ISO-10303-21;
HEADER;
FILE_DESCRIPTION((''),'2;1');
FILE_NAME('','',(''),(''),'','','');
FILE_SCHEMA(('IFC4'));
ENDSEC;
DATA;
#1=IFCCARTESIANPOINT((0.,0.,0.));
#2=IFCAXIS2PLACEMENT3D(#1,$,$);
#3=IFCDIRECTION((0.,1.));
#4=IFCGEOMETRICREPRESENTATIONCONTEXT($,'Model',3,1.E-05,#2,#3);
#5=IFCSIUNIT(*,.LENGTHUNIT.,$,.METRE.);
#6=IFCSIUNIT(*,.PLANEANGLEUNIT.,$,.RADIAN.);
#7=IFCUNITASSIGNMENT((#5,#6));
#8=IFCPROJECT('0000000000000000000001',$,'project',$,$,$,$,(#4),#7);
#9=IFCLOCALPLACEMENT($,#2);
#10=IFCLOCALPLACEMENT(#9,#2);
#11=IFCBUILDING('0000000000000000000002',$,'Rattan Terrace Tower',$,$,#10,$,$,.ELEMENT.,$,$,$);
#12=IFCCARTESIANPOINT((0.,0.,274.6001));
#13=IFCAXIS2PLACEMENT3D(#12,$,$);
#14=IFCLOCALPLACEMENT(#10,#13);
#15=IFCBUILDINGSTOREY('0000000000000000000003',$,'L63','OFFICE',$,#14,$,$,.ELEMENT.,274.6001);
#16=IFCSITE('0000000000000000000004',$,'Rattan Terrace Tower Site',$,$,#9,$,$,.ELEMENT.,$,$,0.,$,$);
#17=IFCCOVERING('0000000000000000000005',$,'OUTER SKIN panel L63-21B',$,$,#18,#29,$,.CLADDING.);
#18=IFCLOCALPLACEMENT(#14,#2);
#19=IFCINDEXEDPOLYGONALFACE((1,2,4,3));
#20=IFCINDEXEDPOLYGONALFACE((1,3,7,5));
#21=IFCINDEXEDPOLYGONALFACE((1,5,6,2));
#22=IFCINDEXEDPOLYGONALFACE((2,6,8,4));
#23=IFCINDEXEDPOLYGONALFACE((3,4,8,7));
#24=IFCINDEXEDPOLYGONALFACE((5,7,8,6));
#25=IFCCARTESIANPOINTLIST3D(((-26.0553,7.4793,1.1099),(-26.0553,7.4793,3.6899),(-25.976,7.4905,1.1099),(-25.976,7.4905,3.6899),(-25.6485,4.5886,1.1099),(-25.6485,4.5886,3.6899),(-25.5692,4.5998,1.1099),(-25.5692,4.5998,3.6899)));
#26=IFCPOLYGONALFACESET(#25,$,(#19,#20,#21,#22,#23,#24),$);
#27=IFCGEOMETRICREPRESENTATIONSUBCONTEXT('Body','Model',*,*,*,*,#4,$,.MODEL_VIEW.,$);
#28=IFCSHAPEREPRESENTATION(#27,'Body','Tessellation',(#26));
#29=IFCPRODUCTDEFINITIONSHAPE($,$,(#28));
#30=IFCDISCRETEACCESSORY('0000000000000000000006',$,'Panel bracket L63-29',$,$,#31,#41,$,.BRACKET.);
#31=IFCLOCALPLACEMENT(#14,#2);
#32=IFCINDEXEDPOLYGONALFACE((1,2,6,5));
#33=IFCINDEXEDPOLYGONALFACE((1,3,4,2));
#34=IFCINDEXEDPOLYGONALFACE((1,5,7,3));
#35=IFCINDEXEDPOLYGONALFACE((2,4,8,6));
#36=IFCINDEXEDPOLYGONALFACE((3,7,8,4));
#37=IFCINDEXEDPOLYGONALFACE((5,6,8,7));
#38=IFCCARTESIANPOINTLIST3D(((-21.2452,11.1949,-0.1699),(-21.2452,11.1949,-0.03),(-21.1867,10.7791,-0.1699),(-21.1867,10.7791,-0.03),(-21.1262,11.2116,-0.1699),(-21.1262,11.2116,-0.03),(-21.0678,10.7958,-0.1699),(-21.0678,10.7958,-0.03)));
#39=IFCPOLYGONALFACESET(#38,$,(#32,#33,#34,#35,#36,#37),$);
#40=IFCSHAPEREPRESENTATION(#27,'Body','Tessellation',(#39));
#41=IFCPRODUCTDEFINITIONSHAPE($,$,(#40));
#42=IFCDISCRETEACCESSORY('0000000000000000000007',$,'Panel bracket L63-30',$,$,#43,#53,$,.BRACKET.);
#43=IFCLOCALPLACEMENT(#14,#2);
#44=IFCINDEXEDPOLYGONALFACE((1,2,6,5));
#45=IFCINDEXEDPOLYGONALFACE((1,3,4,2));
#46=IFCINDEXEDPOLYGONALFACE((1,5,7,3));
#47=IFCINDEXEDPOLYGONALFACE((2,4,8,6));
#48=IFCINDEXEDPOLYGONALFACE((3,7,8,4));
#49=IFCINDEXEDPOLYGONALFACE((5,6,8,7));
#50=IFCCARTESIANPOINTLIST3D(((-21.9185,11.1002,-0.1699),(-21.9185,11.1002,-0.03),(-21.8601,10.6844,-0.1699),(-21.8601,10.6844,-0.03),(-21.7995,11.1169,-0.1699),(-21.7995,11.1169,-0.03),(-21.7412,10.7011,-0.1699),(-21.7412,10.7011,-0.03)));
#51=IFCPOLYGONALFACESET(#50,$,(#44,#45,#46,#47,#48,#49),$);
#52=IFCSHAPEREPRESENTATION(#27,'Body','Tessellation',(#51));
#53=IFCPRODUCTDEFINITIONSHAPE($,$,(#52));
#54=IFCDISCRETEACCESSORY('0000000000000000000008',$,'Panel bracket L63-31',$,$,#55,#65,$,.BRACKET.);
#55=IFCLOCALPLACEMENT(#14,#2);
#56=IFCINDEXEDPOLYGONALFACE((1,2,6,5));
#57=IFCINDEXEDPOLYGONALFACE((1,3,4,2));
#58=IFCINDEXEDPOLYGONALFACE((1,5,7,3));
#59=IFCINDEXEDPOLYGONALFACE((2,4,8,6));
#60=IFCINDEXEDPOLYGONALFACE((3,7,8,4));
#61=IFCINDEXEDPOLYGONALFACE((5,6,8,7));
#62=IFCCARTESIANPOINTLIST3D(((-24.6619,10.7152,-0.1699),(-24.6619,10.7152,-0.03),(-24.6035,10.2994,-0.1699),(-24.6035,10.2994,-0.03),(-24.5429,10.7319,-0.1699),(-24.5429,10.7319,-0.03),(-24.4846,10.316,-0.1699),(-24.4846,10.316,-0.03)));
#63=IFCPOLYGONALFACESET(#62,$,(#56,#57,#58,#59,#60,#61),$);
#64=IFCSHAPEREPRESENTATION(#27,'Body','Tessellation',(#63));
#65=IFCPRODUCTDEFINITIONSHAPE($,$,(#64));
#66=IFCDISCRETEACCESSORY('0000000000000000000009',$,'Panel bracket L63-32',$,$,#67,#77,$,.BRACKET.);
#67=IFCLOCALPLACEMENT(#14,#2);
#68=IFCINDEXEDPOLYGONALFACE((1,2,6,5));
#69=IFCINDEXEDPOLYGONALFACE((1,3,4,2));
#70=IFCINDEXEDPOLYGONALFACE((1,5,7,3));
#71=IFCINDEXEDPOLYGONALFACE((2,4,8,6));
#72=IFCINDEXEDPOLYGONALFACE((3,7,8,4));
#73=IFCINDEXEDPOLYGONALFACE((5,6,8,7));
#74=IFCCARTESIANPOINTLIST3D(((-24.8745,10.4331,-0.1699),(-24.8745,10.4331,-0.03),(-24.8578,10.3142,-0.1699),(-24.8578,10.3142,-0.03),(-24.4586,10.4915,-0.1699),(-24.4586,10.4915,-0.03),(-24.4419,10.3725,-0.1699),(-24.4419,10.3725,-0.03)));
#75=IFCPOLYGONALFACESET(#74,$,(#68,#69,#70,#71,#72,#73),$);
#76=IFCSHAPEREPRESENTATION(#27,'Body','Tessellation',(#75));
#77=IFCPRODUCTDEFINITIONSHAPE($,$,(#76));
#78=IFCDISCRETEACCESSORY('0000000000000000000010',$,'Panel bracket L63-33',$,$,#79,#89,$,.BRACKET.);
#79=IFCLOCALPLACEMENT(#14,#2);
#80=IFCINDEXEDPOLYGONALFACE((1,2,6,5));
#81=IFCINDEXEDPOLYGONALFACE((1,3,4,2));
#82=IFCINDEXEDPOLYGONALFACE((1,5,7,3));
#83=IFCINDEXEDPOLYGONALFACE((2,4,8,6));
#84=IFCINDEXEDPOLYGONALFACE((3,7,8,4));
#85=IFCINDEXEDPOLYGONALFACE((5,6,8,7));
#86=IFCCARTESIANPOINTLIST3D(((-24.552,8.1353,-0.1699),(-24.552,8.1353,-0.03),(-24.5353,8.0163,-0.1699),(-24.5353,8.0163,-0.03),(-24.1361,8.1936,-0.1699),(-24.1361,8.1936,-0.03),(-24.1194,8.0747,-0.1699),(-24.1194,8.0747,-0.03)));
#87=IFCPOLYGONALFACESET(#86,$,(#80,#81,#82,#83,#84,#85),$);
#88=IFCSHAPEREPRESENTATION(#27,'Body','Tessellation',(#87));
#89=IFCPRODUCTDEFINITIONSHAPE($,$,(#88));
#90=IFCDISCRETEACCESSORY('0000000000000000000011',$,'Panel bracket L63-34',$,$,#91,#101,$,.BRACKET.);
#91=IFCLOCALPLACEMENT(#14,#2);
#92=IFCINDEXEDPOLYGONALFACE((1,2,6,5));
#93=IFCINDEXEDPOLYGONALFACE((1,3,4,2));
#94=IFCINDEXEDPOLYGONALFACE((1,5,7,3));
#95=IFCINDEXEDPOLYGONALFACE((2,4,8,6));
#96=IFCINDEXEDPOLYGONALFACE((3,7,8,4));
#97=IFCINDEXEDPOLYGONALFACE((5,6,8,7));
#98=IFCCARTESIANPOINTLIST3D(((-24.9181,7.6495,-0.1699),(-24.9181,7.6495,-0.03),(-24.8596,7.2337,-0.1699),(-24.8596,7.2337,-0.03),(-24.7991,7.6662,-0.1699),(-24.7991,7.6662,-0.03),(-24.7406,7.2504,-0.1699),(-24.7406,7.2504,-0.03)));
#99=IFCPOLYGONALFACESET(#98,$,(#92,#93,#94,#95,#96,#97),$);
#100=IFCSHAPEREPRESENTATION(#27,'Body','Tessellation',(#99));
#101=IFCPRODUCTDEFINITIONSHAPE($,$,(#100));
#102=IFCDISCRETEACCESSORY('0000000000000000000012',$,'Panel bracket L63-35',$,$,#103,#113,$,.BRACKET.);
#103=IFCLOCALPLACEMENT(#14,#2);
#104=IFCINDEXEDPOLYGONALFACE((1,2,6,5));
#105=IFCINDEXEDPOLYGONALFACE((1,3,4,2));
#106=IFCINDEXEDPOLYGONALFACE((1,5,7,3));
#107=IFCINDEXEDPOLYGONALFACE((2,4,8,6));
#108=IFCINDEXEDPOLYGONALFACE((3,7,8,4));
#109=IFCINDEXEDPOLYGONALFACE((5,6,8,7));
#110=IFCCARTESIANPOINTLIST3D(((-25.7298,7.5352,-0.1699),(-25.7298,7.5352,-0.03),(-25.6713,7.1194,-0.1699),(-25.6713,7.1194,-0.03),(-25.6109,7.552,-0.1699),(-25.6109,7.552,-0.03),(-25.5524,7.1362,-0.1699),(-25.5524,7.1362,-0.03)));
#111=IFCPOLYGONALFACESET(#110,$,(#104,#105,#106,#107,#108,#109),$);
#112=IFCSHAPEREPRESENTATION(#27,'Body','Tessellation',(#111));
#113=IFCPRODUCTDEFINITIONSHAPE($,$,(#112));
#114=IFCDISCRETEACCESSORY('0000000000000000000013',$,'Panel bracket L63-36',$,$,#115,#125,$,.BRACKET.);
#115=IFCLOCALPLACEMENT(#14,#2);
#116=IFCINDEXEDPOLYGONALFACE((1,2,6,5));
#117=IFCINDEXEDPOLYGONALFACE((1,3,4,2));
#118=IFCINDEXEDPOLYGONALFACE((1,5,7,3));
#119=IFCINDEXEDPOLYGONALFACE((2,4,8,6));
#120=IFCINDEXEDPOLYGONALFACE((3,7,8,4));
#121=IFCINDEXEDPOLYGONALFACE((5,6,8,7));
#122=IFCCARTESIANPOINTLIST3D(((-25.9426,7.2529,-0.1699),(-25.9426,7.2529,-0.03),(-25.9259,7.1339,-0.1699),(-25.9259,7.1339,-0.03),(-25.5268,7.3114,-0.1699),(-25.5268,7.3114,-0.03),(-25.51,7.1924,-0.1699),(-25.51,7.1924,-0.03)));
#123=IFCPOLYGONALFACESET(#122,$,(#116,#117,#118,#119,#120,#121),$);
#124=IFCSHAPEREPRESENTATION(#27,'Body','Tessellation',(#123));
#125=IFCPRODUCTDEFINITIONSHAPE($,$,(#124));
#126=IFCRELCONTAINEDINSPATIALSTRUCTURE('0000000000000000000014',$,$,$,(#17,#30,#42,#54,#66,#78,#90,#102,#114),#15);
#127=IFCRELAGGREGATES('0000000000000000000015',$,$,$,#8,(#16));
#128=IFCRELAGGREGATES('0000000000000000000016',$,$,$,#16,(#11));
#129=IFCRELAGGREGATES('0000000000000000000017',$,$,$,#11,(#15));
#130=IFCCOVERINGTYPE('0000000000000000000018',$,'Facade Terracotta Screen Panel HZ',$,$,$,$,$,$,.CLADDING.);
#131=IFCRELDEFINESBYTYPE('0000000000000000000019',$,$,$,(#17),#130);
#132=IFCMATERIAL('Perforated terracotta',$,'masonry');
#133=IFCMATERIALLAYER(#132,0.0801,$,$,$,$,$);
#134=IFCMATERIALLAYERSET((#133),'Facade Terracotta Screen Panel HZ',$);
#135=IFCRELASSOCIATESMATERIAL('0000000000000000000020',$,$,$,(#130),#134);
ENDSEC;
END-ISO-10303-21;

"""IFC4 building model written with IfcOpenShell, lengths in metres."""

from ifc_helpers import new_model, si_unit, direction, frame, origin, origin_2d, place, context, subcontext, project, spatial, rectangle, extrude, material, layer, layer_set, type_object, element, save


model = new_model("IFC4")

# Units and contexts
model_context = context("Model", 3, precision=1e-05, world=origin(), true_north=direction((0.0, 1.0)))
body_context = subcontext(model_context, "Body", "Model", "MODEL_VIEW")
ifc_project = project(units=[si_unit("LENGTHUNIT", "METRE"), si_unit("PLANEANGLEUNIT", "RADIAN")], contexts=[model_context])

# Site, building, storey
site_placement = place(None, origin())
site = spatial("IfcSite", under=ifc_project, at=site_placement, Name="Rattan Terrace Tower Site", CompositionType="ELEMENT", RefElevation=0.0)
building_placement = place(site_placement, origin())
building = spatial("IfcBuilding", under=site, at=building_placement, Name="Rattan Terrace Tower", CompositionType="ELEMENT")
storey_placement = place(building_placement, frame((0.0, 0.0, 274.6001)))
storey = spatial("IfcBuildingStorey", under=building, at=storey_placement, Name="L63", Description="OFFICE", CompositionType="ELEMENT", Elevation=274.6001)

# Covering
ifc_material_1 = material(Name="Perforated terracotta", Category="masonry")
ifc_layer_1 = layer(ifc_material_1, 0.0801)
ifc_layer_set_1 = layer_set([ifc_layer_1], Name="Facade Terracotta Screen Panel HZ")
covering_type_1 = type_object("IfcCoveringType", Name="Facade Terracotta Screen Panel HZ", PredefinedType="CLADDING", material=ifc_layer_set_1)
covering_1_placement = place(storey_placement, frame((-25.8123, 6.0396, 1.1099), z_axis=(0.0, 0.0, 1.0), x_axis=(0.139367, -0.990241, 0.0)))
element("IfcCovering", 1, at=covering_1_placement, inside=storey, type_object=covering_type_1, Name="OUTER SKIN panel L63-21B", PredefinedType="CLADDING", context=body_context, shape_type="SweptSolid", body=[
    extrude(rectangle(XDim=2.9192, YDim=0.0801, at=origin_2d()), origin(), (0.0, 0.0, 1.0), 2.5801),
])

# Discrete accessories
for number, where, z_axis, x_axis, name in (
    (2, (-21.1565, 10.9954, -0.1699), (0.0, 0.0, 1.0), (-0.990266, -0.139189, 0.0), "Panel bracket L63-29"),
    (3, (-21.8298, 10.9006, -0.1699), (0.0, 0.0, 1.0), (-0.990293, -0.138994, 0.0), "Panel bracket L63-30"),
    (4, (-24.5732, 10.5156, -0.1699), (0.0, 0.0, 1.0), (-0.990293, -0.138994, 0.0), "Panel bracket L63-31"),
    (5, (-24.6582, 10.4028, -0.1699), (0.0, 0.0, 1.0), (0.138994, -0.990293, 0.0), "Panel bracket L63-32"),
    (6, (-24.3357, 8.105, -0.1699), (0.0, 0.0, 1.0), (0.138994, -0.990293, 0.0), "Panel bracket L63-33"),
    (7, (-24.8293, 7.45, -0.1699), (0.0, 0.0, 1.0), (-0.990241, -0.139367, 0.0), "Panel bracket L63-34"),
    (8, (-25.6411, 7.3357, -0.1699), (0.0, 0.0, 1.0), (-0.990241, -0.139367, 0.0), "Panel bracket L63-35"),
    (9, (-25.7263, 7.2227, -0.1699), (0.0, 0.0, 1.0), (0.139367, -0.990241, 0.0), "Panel bracket L63-36"),
):
    element("IfcDiscreteAccessory", number, at=place(storey_placement, frame(where, z_axis=z_axis, x_axis=x_axis)), inside=storey, Name=name, PredefinedType="BRACKET", context=body_context, shape_type="SweptSolid", body=[
        extrude(rectangle(XDim=0.1201, YDim=0.4199, at=origin_2d()), origin(), (0.0, 0.0, 1.0), 0.1399),
    ])

save(model, "model.ifc")
